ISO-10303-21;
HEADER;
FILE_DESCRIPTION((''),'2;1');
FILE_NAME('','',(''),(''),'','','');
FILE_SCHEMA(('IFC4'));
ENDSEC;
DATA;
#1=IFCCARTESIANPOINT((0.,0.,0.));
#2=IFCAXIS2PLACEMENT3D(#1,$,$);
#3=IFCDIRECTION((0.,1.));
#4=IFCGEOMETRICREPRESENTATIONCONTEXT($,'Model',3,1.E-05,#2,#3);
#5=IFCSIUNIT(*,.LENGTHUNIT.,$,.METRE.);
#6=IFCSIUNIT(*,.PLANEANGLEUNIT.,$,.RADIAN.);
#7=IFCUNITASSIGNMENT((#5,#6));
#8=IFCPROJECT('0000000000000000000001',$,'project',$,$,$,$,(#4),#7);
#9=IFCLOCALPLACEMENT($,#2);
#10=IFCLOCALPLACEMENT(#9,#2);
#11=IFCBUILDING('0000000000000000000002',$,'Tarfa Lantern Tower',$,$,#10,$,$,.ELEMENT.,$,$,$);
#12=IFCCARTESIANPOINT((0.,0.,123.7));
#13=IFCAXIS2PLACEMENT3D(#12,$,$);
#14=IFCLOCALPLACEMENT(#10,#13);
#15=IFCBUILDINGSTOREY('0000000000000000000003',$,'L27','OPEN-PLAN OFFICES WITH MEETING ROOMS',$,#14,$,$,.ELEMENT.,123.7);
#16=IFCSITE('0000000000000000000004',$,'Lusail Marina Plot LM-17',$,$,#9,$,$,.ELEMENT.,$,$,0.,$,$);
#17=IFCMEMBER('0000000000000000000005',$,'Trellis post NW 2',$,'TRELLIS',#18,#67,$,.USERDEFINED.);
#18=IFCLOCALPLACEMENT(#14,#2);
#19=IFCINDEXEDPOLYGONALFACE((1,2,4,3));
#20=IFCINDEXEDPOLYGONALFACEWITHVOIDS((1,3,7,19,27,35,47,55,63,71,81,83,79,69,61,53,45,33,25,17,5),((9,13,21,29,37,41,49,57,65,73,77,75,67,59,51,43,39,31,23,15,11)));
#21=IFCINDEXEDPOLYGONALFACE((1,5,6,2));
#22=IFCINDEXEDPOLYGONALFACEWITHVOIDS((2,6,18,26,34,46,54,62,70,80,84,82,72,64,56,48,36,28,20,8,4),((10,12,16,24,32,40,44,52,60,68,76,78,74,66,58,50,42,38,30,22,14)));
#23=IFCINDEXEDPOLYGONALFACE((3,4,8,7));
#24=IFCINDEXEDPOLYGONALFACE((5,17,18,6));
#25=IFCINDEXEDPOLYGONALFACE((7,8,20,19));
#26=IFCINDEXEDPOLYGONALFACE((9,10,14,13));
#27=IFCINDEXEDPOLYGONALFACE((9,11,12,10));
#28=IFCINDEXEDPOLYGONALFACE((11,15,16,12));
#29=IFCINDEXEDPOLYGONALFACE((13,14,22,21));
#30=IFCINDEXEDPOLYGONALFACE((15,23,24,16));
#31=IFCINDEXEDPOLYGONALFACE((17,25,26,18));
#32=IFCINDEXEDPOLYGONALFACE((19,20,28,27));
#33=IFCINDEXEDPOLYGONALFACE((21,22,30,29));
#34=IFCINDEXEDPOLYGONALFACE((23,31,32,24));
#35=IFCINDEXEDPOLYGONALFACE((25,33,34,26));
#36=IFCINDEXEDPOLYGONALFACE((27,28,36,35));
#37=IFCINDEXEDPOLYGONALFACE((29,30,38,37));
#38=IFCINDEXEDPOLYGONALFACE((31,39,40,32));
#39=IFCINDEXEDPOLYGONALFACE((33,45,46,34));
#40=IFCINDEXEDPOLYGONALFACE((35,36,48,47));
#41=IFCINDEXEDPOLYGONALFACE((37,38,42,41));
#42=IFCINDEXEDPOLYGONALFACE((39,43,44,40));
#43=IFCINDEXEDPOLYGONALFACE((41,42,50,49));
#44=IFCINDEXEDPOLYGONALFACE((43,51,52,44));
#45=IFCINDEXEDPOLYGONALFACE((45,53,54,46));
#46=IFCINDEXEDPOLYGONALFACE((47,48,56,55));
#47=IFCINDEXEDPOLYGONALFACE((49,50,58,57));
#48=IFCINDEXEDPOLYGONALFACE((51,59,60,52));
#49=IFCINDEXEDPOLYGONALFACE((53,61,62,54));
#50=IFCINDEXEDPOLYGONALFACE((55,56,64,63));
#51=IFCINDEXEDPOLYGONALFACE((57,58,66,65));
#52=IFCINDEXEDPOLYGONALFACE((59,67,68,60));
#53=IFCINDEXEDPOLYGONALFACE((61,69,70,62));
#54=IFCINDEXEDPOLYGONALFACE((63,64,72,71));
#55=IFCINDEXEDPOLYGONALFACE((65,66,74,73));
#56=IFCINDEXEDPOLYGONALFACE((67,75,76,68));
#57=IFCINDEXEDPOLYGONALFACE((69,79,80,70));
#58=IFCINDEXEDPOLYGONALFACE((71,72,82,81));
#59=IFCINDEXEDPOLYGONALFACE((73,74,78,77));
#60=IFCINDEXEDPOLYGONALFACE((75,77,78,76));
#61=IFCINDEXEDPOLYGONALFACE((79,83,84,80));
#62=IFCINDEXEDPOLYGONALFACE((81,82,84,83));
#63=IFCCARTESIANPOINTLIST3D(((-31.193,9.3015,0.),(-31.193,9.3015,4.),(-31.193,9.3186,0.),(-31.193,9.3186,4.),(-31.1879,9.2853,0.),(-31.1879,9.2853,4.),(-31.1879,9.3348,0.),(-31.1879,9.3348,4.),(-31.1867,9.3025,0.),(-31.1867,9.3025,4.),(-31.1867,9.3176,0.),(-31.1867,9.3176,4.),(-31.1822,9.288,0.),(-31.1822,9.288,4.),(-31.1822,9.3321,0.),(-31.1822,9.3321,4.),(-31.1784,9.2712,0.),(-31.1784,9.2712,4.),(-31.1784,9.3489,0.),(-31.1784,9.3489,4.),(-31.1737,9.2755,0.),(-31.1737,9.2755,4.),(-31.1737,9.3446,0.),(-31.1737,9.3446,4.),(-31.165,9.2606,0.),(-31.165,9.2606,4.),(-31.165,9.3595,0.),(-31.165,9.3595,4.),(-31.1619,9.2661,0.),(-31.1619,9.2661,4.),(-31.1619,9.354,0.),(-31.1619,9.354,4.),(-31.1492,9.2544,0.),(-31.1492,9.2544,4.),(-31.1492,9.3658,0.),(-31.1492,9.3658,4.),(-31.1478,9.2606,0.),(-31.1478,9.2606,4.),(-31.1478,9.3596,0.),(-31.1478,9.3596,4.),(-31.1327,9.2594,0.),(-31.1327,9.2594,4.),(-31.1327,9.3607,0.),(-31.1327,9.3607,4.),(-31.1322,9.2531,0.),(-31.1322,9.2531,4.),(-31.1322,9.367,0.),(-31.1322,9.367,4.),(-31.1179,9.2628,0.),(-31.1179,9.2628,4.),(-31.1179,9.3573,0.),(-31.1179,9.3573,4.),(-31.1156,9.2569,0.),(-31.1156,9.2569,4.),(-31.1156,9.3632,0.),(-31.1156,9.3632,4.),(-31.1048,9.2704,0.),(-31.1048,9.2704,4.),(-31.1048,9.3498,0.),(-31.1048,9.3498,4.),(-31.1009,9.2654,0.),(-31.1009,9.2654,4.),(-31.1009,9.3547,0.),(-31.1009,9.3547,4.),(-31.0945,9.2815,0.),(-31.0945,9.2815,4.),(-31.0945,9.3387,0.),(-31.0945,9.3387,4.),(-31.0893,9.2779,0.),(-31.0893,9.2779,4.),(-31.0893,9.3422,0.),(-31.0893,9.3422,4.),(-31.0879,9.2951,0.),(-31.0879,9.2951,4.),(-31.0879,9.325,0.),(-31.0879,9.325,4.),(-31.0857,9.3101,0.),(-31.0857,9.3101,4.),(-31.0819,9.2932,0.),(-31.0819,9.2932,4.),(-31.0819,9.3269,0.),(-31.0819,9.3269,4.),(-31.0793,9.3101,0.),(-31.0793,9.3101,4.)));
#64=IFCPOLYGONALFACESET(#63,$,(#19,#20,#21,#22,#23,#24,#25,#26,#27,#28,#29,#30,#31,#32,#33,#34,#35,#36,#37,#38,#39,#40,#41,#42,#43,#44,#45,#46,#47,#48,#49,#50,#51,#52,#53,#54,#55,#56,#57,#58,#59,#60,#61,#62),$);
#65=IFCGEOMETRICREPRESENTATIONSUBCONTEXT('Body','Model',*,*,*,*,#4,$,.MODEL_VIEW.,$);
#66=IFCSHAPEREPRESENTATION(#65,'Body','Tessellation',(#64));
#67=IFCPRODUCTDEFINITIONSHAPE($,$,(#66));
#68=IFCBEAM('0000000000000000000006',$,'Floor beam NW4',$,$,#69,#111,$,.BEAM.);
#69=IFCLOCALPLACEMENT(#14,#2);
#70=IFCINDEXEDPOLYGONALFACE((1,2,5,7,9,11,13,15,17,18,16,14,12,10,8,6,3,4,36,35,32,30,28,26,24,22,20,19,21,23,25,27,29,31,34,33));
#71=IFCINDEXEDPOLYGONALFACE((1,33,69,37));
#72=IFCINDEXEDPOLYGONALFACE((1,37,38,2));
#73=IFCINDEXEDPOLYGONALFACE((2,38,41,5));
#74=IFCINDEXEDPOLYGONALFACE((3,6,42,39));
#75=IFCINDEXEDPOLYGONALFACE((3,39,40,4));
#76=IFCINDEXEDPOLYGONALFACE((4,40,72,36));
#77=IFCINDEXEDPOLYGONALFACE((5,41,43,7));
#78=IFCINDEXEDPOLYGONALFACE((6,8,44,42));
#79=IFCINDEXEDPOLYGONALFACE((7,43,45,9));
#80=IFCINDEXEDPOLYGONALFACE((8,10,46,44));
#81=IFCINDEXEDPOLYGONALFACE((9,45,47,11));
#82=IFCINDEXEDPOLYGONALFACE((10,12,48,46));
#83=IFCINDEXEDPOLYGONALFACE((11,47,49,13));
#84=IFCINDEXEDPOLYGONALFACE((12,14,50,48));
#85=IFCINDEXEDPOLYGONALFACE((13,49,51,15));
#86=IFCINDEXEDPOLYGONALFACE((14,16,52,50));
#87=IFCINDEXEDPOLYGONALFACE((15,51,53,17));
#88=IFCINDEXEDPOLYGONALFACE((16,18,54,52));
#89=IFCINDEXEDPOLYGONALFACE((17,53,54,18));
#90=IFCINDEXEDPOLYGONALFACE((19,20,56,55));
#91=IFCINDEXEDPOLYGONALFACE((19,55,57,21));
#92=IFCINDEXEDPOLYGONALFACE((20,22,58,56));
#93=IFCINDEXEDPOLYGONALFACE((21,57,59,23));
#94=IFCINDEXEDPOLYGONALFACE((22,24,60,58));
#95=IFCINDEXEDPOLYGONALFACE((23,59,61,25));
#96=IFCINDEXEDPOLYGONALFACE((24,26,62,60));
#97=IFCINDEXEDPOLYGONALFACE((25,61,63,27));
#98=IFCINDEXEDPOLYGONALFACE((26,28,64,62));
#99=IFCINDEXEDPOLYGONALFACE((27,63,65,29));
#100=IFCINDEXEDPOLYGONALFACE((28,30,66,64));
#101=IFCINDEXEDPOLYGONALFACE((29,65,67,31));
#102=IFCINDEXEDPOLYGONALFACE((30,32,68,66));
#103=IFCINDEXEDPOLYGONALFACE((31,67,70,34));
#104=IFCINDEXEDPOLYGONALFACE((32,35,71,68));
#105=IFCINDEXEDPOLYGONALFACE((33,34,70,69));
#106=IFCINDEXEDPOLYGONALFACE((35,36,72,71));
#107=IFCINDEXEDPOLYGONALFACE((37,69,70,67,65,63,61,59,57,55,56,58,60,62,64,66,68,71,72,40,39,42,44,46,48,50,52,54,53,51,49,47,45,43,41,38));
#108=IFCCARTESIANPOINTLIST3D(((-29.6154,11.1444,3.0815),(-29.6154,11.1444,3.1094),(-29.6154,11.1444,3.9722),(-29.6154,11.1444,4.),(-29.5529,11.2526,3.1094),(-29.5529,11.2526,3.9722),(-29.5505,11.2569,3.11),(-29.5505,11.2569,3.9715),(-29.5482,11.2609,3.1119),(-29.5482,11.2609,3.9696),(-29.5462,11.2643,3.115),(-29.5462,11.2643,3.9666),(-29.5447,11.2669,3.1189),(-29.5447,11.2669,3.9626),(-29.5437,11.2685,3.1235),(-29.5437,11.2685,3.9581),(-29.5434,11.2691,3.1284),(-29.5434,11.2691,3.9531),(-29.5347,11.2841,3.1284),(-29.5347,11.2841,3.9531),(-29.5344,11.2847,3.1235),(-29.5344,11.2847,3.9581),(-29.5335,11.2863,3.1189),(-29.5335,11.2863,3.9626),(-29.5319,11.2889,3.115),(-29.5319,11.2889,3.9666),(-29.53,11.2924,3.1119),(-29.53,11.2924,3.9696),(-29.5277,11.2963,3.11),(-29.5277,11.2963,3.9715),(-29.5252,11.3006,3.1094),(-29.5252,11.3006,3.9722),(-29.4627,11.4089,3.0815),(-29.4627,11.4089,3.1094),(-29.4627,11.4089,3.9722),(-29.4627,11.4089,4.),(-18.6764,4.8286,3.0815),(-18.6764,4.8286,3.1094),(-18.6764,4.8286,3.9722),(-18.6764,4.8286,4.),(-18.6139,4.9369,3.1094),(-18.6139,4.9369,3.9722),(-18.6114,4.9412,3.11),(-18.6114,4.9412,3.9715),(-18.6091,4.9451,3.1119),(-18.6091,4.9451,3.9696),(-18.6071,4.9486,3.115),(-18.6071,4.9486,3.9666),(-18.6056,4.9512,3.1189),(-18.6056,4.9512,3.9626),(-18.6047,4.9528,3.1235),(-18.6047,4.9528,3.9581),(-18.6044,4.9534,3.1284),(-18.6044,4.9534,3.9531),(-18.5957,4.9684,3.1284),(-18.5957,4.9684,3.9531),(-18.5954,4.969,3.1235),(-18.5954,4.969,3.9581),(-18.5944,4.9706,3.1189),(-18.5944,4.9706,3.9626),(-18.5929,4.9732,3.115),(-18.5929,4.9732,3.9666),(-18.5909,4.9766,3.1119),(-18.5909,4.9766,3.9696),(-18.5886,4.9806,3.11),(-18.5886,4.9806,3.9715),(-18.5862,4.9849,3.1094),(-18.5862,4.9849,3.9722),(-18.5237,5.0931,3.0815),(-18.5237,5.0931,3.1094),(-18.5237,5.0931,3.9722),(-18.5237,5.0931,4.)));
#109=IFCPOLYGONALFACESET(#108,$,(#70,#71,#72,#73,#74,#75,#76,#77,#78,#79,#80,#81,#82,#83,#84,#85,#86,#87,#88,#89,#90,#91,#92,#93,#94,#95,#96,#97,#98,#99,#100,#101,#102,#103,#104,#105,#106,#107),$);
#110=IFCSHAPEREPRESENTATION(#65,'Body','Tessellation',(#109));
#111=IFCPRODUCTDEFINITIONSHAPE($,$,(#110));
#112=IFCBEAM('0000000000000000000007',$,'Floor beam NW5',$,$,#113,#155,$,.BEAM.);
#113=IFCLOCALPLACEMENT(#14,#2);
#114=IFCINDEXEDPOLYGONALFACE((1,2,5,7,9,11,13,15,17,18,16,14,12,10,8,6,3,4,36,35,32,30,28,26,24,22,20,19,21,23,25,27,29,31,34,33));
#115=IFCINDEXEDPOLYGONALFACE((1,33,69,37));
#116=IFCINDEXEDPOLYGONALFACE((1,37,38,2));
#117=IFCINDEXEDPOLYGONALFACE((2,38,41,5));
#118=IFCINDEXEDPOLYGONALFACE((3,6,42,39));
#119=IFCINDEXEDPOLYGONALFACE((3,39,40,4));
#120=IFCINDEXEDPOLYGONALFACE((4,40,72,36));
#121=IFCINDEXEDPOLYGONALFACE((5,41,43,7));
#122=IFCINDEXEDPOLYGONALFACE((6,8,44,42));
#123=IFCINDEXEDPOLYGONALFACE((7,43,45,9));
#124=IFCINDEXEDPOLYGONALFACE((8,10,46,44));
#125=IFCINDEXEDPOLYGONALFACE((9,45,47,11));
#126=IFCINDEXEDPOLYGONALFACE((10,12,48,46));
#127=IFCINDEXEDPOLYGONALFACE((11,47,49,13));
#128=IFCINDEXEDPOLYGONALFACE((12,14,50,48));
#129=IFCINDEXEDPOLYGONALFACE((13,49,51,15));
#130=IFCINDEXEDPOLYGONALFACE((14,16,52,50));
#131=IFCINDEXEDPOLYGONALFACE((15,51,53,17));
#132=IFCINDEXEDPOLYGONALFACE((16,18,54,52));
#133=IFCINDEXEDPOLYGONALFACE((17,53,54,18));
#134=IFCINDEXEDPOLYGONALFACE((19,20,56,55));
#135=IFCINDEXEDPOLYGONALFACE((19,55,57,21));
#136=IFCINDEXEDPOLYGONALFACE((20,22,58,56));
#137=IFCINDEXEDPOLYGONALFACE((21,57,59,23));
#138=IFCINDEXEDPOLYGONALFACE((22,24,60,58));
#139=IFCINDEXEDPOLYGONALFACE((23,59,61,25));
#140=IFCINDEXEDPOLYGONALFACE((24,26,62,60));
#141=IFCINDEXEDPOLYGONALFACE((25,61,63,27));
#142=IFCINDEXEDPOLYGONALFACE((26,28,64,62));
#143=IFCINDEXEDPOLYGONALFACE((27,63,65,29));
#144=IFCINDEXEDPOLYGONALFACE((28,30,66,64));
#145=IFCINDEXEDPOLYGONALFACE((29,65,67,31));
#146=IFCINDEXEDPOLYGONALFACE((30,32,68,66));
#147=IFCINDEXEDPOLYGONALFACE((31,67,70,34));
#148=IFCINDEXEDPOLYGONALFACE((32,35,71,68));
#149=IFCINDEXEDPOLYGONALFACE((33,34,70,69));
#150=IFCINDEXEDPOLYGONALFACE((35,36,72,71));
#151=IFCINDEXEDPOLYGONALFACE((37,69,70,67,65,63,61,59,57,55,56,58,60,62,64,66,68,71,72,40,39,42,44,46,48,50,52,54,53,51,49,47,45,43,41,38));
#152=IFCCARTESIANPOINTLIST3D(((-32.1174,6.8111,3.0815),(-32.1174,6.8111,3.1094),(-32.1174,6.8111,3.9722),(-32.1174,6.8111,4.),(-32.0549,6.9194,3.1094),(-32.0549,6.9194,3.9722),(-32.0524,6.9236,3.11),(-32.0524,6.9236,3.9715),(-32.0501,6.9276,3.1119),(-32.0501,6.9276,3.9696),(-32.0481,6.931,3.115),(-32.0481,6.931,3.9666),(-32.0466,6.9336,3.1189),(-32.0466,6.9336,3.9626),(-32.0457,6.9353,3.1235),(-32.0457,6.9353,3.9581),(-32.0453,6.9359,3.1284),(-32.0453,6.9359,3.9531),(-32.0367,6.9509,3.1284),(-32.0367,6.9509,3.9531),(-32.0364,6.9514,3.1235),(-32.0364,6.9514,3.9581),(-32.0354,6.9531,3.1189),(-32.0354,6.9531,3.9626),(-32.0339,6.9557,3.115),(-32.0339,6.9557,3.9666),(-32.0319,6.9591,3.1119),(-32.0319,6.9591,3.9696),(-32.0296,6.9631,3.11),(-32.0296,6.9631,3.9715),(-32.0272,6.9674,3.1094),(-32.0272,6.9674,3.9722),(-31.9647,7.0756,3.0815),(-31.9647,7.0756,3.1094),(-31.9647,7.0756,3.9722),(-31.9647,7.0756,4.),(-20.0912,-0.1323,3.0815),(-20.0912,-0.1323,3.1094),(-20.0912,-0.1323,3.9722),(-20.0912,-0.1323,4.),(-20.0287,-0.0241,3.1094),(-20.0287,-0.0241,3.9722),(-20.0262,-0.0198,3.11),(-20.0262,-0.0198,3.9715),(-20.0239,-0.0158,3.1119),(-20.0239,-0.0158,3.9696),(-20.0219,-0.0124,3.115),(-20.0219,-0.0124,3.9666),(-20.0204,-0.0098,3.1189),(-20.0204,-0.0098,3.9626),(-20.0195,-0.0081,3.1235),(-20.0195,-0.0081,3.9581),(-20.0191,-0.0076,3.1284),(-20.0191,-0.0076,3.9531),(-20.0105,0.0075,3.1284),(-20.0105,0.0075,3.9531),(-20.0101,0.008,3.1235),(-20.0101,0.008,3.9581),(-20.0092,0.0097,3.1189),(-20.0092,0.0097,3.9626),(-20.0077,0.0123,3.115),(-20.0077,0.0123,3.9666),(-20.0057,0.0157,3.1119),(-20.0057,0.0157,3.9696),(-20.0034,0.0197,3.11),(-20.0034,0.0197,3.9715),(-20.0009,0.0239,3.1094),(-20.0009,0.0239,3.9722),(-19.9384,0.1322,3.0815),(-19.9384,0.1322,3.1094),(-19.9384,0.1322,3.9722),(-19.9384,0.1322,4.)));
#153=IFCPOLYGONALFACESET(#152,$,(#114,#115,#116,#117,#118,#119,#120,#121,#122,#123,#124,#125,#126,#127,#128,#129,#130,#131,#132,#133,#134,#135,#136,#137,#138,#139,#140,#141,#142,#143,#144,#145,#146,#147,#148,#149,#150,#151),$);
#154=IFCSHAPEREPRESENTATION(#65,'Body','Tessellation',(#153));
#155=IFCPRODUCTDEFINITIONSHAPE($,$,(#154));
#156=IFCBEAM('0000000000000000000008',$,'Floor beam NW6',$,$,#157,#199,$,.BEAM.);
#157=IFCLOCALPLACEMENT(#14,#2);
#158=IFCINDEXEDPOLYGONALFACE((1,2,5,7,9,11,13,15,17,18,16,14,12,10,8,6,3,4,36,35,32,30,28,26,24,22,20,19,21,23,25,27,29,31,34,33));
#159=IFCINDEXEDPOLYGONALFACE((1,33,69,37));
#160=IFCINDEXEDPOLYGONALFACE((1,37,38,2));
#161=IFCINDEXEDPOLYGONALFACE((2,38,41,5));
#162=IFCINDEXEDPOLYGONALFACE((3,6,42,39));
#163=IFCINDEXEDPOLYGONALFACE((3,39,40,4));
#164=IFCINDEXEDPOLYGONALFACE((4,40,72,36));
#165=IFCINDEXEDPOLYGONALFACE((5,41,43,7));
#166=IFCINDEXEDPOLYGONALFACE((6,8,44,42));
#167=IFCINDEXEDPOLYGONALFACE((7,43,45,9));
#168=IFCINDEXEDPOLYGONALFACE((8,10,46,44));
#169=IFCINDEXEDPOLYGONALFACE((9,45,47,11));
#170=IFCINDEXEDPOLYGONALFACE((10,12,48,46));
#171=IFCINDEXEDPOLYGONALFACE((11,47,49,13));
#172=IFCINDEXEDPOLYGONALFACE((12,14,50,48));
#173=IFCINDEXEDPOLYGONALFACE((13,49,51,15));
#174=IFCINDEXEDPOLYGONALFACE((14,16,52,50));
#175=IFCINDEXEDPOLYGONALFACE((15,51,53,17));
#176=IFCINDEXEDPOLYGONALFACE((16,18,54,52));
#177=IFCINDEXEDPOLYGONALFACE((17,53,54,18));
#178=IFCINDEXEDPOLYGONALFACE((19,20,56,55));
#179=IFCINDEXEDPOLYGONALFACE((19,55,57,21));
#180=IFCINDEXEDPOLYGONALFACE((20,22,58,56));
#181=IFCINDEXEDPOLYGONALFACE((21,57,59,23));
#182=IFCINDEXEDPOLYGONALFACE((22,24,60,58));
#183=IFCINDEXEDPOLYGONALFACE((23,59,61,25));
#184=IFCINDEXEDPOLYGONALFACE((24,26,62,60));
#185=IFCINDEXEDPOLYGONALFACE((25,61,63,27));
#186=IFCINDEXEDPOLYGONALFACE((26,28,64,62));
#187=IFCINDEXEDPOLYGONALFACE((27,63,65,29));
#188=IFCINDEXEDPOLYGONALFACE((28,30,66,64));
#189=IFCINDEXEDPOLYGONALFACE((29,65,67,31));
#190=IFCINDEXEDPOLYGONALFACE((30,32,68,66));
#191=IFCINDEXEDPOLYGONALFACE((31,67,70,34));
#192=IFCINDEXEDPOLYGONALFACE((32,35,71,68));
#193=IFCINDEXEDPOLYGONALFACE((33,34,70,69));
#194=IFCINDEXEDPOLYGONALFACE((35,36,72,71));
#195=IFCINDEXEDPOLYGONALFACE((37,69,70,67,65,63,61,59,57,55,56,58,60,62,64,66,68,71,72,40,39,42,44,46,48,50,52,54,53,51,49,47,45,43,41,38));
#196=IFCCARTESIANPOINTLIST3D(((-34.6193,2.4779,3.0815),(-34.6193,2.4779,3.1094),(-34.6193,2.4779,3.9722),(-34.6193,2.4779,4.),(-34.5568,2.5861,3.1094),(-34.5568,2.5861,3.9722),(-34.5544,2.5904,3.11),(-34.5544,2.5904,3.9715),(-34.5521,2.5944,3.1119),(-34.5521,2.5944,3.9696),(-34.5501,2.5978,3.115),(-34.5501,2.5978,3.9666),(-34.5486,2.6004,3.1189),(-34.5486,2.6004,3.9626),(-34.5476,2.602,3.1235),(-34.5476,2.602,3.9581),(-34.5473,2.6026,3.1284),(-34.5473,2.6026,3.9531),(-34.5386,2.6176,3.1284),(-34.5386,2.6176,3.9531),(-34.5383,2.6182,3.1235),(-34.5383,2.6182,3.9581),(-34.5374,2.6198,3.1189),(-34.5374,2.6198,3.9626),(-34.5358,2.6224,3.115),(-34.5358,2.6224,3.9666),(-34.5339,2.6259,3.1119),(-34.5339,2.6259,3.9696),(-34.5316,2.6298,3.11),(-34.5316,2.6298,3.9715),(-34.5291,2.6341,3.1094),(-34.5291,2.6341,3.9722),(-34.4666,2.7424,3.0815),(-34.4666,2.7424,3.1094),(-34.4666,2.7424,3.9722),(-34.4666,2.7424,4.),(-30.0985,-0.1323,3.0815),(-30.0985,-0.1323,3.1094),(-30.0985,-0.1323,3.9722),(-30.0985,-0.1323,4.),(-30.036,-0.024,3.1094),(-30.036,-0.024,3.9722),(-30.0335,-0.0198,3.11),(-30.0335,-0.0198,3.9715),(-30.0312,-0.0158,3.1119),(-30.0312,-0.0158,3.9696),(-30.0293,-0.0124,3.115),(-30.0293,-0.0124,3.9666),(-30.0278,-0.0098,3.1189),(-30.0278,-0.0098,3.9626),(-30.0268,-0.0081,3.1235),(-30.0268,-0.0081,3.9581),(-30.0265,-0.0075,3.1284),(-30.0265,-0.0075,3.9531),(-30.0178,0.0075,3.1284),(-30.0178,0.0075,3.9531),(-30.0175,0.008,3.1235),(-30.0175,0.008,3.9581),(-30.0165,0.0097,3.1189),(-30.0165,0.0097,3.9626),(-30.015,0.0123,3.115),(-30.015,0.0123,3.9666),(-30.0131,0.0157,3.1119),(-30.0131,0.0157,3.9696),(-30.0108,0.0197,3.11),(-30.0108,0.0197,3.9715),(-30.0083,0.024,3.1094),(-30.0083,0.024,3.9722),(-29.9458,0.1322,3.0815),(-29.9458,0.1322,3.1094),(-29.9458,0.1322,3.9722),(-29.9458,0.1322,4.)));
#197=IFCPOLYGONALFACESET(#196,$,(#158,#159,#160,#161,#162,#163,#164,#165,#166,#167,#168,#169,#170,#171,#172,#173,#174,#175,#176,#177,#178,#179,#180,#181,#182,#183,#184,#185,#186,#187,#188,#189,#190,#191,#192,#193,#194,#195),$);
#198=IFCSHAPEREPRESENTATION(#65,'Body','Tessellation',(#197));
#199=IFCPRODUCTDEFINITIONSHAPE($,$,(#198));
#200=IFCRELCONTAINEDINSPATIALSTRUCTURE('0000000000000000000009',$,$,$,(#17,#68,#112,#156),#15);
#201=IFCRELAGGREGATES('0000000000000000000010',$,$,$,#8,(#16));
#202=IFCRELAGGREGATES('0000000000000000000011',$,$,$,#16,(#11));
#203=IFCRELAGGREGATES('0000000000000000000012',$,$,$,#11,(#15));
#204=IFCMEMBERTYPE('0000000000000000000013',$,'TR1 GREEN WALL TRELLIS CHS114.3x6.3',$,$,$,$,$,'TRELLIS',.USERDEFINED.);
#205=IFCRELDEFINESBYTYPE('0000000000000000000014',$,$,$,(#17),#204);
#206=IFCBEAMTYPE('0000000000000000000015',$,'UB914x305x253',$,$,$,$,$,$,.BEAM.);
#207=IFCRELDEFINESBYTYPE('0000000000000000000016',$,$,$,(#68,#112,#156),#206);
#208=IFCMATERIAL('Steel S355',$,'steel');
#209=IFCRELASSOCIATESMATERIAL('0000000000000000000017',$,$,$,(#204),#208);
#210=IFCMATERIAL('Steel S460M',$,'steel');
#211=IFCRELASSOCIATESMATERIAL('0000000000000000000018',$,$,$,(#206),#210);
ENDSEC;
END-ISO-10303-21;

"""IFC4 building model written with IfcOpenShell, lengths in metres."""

from ifc_helpers import new_model, si_unit, direction, frame, origin, origin_2d, place, context, subcontext, project, spatial, hollow_circle, i_section, extrude, material, material_profile, profile_set, type_object, element, save


model = new_model("IFC4")

# Units and contexts
model_context = context("Model", 3, precision=1e-05, world=origin(), true_north=direction((0.0, 1.0)))
body_context = subcontext(model_context, "Body", "Model", "MODEL_VIEW")
ifc_project = project(units=[si_unit("LENGTHUNIT", "METRE"), si_unit("PLANEANGLEUNIT", "RADIAN")], contexts=[model_context])

# Site, building, storey
site_placement = place(None, origin())
site = spatial("IfcSite", under=ifc_project, at=site_placement, Name="Lusail Marina Plot LM-17", CompositionType="ELEMENT", RefElevation=0.0)
building_placement = place(site_placement, origin())
building = spatial("IfcBuilding", under=site, at=building_placement, Name="Tarfa Lantern Tower", CompositionType="ELEMENT")
storey_placement = place(building_placement, frame((0.0, 0.0, 123.7)))
storey = spatial("IfcBuildingStorey", under=building, at=storey_placement, Name="L27", Description="OPEN-PLAN OFFICES WITH MEETING ROOMS", CompositionType="ELEMENT", Elevation=123.7)

# Member
ifc_material_1 = material(Name="Steel S355", Category="steel")
ifc_material_profile_1 = material_profile(ifc_material_1, hollow_circle(Radius=0.0571, WallThickness=0.0063, at=origin_2d()), Name="CHS114.3x6.3")
ifc_profile_set_1 = profile_set([ifc_material_profile_1], Name="Steel S355")
member_type_1 = type_object("IfcMemberType", Name="TR1 GREEN WALL TRELLIS CHS114.3x6.3", ElementType="TRELLIS", PredefinedType="USERDEFINED", material=ifc_profile_set_1)
member_1_placement = place(storey_placement, frame((-31.1365, 9.3101, 0.0), z_axis=(0.0, 0.0, 1.0), x_axis=(1.0, 0.0, 0.0)))
element("IfcMember", 1, at=member_1_placement, inside=storey, type_object=member_type_1, Name="Trellis post NW 2", ObjectType="TRELLIS", PredefinedType="USERDEFINED", context=body_context, shape_type="SweptSolid", body=[
    extrude(hollow_circle(Radius=0.0571, WallThickness=0.0063, at=origin_2d()), origin(), (0.0, 0.0, 1.0), 4.0),
])

# Beams
ifc_material_2 = material(Name="Steel S460M", Category="steel")
ifc_material_profile_2 = material_profile(ifc_material_2, i_section(OverallWidth=0.3054, OverallDepth=0.9185, WebThickness=0.0173, FlangeThickness=0.0278, FilletRadius=0.019, at=origin_2d()), Name="UB914x305x253")
ifc_profile_set_2 = profile_set([ifc_material_profile_2], Name="Steel S460M")
beam_type_1 = type_object("IfcBeamType", Name="UB914x305x253", PredefinedType="BEAM", material=ifc_profile_set_2)
beam_1_placement = place(storey_placement, frame((-29.5391, 11.2766, 3.5408), z_axis=(0.866023, -0.500004, 0.0), x_axis=(0.500004, 0.866023, 0.0)))
element("IfcBeam", 2, at=beam_1_placement, inside=storey, type_object=beam_type_1, Name="Floor beam NW4", PredefinedType="BEAM", context=body_context, shape_type="SweptSolid", body=[
    extrude(i_section(OverallWidth=0.3054, OverallDepth=0.9185, WebThickness=0.0173, FlangeThickness=0.0278, FilletRadius=0.019, at=origin_2d()), origin(), (0.0, 0.0, 1.0), 12.6313),
])
beam_2_placement = place(storey_placement, frame((-32.041, 6.9434, 3.5408), z_axis=(0.866023, -0.500004, 0.0), x_axis=(0.500004, 0.866023, 0.0)))
element("IfcBeam", 3, at=beam_2_placement, inside=storey, type_object=beam_type_1, Name="Floor beam NW5", PredefinedType="BEAM", context=body_context, shape_type="SweptSolid", body=[
    extrude(i_section(OverallWidth=0.3054, OverallDepth=0.9185, WebThickness=0.0173, FlangeThickness=0.0278, FilletRadius=0.019, at=origin_2d()), origin(), (0.0, 0.0, 1.0), 13.8867),
])
beam_3_placement = place(storey_placement, frame((-34.543, 2.6101, 3.5408), z_axis=(0.866021, -0.500007, 0.0), x_axis=(0.500007, 0.866021, 0.0)))
element("IfcBeam", 4, at=beam_3_placement, inside=storey, type_object=beam_type_1, Name="Floor beam NW6", PredefinedType="BEAM", context=body_context, shape_type="SweptSolid", body=[
    extrude(i_section(OverallWidth=0.3054, OverallDepth=0.9185, WebThickness=0.0173, FlangeThickness=0.0278, FilletRadius=0.019, at=origin_2d()), origin(), (0.0, 0.0, 1.0), 5.2202),
])

save(model, "model.ifc")
